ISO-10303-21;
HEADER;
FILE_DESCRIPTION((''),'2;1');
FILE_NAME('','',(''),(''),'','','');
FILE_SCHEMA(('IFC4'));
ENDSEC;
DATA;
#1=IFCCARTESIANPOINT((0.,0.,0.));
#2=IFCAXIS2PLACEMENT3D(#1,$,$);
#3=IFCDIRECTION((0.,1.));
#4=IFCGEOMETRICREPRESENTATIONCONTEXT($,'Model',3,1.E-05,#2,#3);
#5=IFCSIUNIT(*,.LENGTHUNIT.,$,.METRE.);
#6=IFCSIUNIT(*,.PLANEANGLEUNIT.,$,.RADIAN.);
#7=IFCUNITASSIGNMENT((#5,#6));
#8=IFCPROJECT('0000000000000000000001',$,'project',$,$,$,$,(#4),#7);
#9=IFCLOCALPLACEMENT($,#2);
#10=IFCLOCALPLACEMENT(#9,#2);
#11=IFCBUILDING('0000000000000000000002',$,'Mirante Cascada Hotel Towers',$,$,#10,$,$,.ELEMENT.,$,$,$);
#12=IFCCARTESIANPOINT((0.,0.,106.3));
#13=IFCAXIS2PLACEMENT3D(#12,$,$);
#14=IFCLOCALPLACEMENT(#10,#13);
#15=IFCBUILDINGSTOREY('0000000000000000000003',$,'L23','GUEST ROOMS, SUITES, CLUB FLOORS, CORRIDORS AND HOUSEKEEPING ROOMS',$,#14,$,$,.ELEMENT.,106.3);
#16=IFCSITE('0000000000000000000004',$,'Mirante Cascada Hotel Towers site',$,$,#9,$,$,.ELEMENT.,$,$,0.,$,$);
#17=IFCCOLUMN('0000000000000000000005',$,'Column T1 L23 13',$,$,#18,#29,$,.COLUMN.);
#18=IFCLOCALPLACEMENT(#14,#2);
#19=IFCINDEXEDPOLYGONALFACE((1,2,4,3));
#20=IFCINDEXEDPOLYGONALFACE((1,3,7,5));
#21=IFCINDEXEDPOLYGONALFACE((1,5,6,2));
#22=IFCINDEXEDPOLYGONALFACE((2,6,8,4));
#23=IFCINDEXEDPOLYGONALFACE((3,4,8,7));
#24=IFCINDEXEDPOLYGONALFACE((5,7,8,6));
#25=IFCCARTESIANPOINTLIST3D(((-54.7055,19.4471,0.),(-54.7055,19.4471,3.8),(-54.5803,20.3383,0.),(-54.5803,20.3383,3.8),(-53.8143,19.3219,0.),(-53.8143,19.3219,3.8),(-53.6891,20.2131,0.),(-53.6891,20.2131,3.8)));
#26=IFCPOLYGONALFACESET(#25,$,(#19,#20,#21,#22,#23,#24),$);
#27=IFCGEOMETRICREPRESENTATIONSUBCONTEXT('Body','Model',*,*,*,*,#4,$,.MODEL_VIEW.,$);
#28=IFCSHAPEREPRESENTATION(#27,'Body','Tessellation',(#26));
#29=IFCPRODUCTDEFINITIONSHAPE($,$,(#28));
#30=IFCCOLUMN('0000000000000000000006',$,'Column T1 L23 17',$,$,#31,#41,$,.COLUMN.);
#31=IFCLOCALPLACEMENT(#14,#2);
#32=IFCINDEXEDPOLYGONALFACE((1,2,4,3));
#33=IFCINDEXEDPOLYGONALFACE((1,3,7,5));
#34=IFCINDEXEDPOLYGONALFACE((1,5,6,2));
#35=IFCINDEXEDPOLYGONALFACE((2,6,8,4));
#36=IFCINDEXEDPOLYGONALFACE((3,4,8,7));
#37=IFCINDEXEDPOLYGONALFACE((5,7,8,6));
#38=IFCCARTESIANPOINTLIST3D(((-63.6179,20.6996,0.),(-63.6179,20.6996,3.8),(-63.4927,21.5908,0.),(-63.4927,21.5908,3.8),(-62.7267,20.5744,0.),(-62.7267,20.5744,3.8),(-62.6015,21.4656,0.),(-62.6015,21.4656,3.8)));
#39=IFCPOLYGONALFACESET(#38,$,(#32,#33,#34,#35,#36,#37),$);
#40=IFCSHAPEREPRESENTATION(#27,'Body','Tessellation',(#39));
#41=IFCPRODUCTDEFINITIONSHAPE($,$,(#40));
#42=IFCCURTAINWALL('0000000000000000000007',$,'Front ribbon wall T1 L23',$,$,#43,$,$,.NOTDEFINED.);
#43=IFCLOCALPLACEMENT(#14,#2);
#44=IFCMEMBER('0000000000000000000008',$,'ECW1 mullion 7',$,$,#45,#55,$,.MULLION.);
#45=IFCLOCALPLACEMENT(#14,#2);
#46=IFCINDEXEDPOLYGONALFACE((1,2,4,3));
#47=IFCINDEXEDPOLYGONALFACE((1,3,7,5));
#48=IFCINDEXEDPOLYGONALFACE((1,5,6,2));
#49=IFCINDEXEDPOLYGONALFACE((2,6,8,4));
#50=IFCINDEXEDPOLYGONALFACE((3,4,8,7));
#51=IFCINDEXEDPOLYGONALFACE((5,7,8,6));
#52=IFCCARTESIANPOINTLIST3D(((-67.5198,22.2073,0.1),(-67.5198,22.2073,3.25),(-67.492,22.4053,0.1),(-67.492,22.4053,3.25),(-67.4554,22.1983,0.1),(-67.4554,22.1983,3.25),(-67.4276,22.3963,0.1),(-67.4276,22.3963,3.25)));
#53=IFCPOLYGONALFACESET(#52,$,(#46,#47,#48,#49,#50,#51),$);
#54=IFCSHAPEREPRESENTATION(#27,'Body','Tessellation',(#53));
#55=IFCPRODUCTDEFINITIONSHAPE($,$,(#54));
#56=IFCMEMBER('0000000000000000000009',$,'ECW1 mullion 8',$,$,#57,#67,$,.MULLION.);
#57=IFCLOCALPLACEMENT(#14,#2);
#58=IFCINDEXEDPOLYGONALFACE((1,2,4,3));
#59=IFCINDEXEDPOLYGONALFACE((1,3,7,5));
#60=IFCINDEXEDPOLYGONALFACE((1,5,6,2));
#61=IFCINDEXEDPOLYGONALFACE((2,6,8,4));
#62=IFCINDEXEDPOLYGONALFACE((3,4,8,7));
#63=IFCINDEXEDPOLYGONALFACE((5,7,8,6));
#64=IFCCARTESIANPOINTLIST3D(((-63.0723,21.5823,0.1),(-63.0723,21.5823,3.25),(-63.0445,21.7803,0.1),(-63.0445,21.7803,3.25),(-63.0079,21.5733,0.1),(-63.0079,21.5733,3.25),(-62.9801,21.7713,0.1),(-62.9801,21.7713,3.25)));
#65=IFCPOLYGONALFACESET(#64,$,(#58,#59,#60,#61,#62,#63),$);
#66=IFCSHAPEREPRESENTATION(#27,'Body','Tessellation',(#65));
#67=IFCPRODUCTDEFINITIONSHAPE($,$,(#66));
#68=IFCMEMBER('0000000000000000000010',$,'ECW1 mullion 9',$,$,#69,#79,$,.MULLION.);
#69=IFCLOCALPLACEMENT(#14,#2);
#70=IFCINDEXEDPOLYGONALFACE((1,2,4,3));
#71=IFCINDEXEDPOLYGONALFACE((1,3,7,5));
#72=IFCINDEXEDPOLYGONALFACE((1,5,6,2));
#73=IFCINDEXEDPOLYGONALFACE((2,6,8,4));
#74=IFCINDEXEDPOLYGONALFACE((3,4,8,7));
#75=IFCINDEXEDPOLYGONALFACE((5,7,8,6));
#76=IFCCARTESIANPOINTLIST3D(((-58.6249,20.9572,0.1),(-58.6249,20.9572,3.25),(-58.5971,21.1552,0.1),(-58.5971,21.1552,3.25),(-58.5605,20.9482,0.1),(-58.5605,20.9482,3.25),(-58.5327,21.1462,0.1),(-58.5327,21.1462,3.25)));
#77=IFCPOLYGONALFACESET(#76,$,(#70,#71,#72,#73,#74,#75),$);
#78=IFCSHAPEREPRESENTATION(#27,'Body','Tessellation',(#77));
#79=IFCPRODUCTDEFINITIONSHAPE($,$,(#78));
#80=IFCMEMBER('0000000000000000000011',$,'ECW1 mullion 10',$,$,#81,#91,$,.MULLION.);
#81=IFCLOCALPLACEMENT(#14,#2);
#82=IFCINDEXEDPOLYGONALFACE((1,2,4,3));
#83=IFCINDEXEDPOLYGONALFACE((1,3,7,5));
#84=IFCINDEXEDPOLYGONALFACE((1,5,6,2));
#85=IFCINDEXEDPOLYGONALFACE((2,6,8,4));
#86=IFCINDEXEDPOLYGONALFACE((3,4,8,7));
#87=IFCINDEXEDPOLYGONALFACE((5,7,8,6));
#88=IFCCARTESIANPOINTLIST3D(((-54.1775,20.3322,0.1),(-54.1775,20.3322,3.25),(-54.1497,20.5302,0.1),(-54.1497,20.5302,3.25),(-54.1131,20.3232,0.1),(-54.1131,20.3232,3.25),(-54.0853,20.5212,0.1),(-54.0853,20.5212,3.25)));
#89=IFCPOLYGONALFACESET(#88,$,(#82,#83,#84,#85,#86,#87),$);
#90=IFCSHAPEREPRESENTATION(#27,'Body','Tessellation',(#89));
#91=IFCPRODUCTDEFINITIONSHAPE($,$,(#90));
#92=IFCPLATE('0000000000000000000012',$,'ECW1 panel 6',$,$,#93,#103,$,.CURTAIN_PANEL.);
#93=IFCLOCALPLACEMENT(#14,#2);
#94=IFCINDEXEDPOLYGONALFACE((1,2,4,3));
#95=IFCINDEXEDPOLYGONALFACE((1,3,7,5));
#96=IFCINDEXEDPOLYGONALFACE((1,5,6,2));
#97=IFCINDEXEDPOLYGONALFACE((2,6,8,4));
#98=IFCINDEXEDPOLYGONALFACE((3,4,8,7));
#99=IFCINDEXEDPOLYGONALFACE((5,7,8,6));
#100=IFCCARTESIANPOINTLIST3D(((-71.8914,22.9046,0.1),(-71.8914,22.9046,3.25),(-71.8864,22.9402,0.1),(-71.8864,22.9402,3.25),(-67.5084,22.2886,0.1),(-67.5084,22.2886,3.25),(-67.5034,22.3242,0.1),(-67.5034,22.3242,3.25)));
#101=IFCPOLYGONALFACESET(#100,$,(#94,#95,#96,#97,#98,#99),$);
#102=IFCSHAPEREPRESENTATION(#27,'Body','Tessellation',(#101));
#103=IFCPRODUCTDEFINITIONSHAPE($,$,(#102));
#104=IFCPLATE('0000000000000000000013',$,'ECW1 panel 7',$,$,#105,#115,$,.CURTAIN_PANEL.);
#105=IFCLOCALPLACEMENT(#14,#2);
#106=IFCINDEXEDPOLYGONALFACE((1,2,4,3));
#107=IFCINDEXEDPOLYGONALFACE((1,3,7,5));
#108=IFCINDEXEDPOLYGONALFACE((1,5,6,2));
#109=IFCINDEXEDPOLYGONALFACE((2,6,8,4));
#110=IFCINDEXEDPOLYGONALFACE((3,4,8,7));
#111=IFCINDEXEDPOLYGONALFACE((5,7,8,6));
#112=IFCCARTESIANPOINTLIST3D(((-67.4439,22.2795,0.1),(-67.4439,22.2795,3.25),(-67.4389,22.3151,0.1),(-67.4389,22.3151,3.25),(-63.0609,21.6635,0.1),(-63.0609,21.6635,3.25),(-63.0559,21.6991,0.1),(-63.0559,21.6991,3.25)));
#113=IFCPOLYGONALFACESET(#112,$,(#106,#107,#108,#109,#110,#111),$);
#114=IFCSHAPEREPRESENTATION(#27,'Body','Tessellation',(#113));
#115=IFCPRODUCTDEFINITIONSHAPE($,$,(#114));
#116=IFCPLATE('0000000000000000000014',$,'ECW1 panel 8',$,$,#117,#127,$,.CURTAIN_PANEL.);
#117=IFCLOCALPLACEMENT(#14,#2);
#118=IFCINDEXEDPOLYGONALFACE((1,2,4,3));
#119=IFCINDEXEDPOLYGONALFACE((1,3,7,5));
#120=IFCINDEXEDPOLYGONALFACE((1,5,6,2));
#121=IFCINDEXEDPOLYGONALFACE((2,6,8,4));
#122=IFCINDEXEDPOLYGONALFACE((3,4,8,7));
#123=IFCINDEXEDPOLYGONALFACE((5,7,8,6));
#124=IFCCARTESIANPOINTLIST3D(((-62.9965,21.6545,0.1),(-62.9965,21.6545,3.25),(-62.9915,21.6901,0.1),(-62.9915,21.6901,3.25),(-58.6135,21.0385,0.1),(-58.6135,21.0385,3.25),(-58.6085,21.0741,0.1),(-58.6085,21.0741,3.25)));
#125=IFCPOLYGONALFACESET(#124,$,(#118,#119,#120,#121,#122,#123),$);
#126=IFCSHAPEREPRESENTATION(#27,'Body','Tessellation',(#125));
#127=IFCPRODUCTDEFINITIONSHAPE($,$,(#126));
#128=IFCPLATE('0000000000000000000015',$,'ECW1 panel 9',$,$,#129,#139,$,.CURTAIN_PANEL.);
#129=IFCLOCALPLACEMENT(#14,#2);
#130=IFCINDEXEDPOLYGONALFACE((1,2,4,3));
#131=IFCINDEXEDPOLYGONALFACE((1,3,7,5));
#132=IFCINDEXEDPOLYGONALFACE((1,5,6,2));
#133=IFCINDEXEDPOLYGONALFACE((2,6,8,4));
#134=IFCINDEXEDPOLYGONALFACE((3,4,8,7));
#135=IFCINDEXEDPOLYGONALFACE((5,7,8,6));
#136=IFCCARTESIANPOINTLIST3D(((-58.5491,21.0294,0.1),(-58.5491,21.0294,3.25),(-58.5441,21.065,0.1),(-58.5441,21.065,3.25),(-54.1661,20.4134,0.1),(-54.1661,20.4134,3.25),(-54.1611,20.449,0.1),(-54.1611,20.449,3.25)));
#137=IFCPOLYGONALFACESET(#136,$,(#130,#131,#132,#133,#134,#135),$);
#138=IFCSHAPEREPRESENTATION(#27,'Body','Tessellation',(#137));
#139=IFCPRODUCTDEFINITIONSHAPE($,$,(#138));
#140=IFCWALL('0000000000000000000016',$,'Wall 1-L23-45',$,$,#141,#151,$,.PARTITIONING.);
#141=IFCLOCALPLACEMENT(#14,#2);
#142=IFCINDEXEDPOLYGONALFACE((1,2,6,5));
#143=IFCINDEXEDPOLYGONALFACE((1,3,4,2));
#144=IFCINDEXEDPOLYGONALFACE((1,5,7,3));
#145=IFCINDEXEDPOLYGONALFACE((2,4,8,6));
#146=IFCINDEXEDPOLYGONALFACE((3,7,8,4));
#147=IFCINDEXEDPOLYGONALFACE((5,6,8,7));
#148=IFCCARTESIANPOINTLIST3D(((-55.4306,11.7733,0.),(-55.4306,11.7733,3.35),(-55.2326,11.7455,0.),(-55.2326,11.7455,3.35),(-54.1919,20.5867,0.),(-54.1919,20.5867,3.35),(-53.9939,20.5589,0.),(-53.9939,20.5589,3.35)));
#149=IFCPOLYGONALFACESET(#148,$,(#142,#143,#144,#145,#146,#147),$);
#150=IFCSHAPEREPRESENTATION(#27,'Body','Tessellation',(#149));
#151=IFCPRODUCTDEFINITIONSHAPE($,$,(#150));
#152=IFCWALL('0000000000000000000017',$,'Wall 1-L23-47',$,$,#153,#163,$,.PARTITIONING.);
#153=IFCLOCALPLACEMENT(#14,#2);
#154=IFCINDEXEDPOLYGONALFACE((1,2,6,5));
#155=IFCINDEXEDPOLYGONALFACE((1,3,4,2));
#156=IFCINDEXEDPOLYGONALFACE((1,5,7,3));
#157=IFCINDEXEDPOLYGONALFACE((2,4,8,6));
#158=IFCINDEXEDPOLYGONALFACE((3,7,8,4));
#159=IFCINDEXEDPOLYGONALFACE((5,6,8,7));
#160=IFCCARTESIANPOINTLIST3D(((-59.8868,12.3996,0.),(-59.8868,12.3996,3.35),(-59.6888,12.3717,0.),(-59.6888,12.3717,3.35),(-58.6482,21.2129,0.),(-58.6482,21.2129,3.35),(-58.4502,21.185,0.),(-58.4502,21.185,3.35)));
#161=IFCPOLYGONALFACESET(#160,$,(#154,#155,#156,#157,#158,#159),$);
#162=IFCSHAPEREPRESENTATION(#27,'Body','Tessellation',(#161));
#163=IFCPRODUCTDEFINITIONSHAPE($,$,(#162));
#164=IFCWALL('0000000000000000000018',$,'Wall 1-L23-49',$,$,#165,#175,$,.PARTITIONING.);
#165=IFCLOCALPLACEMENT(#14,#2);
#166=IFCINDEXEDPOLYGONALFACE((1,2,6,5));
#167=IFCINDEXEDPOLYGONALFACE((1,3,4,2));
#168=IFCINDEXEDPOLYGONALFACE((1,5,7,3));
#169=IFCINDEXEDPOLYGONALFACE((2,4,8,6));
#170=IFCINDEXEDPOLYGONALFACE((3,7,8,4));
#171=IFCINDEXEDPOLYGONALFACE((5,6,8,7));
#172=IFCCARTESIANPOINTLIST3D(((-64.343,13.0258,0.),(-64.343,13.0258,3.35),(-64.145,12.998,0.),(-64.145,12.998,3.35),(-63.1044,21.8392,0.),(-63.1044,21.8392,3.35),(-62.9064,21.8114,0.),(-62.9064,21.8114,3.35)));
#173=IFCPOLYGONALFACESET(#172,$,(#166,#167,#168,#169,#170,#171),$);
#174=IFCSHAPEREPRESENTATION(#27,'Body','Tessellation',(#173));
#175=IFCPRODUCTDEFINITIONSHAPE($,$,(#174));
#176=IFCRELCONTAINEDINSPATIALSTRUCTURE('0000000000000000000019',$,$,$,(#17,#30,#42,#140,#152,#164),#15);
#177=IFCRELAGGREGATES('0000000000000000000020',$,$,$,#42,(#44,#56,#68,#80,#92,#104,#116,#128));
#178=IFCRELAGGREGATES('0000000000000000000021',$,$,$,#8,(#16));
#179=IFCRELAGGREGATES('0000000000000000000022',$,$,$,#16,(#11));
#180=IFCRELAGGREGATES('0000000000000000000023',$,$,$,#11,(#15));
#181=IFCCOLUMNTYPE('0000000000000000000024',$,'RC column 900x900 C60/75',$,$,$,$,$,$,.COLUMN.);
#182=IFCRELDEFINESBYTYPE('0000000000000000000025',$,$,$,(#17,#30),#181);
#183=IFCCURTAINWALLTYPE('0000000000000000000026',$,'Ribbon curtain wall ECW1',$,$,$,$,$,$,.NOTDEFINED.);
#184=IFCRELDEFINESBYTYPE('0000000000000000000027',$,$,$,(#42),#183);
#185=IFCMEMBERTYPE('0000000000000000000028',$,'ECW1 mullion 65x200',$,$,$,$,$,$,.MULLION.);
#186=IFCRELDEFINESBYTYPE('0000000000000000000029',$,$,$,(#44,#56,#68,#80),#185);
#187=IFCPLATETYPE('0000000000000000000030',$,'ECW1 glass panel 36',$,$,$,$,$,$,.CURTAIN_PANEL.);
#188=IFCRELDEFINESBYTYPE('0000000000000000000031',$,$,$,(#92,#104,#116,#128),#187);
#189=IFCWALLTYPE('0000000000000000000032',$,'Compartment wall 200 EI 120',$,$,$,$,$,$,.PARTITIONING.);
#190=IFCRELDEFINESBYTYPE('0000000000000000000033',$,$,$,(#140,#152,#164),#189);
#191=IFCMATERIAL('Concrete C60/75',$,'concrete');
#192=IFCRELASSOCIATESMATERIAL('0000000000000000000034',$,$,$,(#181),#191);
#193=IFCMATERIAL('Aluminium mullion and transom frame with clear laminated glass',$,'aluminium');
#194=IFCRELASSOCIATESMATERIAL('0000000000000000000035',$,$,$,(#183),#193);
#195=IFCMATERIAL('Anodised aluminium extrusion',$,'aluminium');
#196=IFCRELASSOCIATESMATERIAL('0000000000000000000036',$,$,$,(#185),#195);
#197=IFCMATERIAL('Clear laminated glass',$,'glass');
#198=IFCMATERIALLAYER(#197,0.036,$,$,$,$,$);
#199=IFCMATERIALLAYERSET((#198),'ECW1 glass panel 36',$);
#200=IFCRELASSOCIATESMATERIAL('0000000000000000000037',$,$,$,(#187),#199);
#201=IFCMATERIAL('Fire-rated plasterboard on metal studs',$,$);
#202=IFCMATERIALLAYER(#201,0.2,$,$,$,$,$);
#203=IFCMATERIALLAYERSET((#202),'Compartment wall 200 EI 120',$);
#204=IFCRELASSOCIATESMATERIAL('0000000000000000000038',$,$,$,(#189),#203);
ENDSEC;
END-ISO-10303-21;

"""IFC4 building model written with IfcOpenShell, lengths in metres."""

from ifc_helpers import new_model, si_unit, direction, frame, frame_2d, origin, origin_2d, place, context, subcontext, project, spatial, rectangle, extrude, material, layer, layer_set, material_profile, profile_set, type_object, element, aggregate, save


model = new_model("IFC4")

# Units and contexts
model_context = context("Model", 3, precision=1e-05, world=origin(), true_north=direction((0.0, 1.0)))
body_context = subcontext(model_context, "Body", "Model", "MODEL_VIEW")
ifc_project = project(units=[si_unit("LENGTHUNIT", "METRE"), si_unit("PLANEANGLEUNIT", "RADIAN")], contexts=[model_context])

# Site, building, storey
site_placement = place(None, origin())
site = spatial("IfcSite", under=ifc_project, at=site_placement, Name="Mirante Cascada Hotel Towers site", CompositionType="ELEMENT", RefElevation=0.0)
building_placement = place(site_placement, origin())
building = spatial("IfcBuilding", under=site, at=building_placement, Name="Mirante Cascada Hotel Towers", CompositionType="ELEMENT")
storey_placement = place(building_placement, frame((0.0, 0.0, 106.3)))
storey = spatial("IfcBuildingStorey", under=building, at=storey_placement, Name="L23", Description="GUEST ROOMS, SUITES, CLUB FLOORS, CORRIDORS AND HOUSEKEEPING ROOMS", CompositionType="ELEMENT", Elevation=106.3)

# Columns
ifc_material_1 = material(Name="Concrete C60/75", Category="concrete")
ifc_material_profile_1 = material_profile(ifc_material_1, rectangle(XDim=0.9, YDim=0.9, at=origin_2d()), Name="RC column 900x900 C60/75")
ifc_profile_set_1 = profile_set([ifc_material_profile_1], Name="Concrete C60/75")
column_type = type_object("IfcColumnType", Name="RC column 900x900 C60/75", PredefinedType="COLUMN", material=ifc_profile_set_1)
for number, where, z_axis, x_axis, name in (
    (1, (-54.1973, 19.8301, 0.0), (0.0, 0.0, 1.0), (-0.990268, 0.139173, 0.0), "Column T1 L23 13"),
    (2, (-63.1097, 21.0826, 0.0), (0.0, 0.0, 1.0), (-0.990268, 0.139173, 0.0), "Column T1 L23 17"),
):
    element("IfcColumn", number, at=place(storey_placement, frame(where, z_axis=z_axis, x_axis=x_axis)), inside=storey, type_object=column_type, Name=name, PredefinedType="COLUMN", context=body_context, shape_type="SweptSolid", body=[
        extrude(rectangle(XDim=0.9, YDim=0.9, at=origin_2d()), origin(), (0.0, 0.0, 1.0), 3.8),
    ])

# Curtain wall, members, plates
ifc_material_2 = material(Name="Aluminium mullion and transom frame with clear laminated glass", Category="aluminium")
curtain_wall_type = type_object("IfcCurtainWallType", Name="Ribbon curtain wall ECW1", PredefinedType="NOTDEFINED", material=ifc_material_2)
curtain_wall_placement = place(storey_placement, origin())
curtain_wall = element("IfcCurtainWall", 3, at=curtain_wall_placement, inside=storey, type_object=curtain_wall_type, Name="Front ribbon wall T1 L23", PredefinedType="NOTDEFINED")
ifc_material_3 = material(Name="Anodised aluminium extrusion", Category="aluminium")
ifc_material_profile_2 = material_profile(ifc_material_3, rectangle(XDim=0.2, YDim=0.065, at=origin_2d()), Name="ECW1 MULLION 65x200")
ifc_profile_set_2 = profile_set([ifc_material_profile_2], Name="Anodised aluminium extrusion")
member_type = type_object("IfcMemberType", Name="ECW1 mullion 65x200", PredefinedType="MULLION", material=ifc_profile_set_2)
member_1_placement = place(storey_placement, frame((-67.4737, 22.3018, 0.1), z_axis=(0.0, 0.0, 1.0), x_axis=(0.139173, 0.990268, 0.0)))
member_1 = element("IfcMember", 4, at=member_1_placement, type_object=member_type, Name="ECW1 mullion 7", PredefinedType="MULLION", context=body_context, shape_type="SweptSolid", body=[
    extrude(rectangle(XDim=0.2, YDim=0.065, at=origin_2d()), origin(), (0.0, 0.0, 1.0), 3.15),
])
member_2_placement = place(storey_placement, frame((-63.0262, 21.6768, 0.1), z_axis=(0.0, 0.0, 1.0), x_axis=(0.139173, 0.990268, 0.0)))
member_2 = element("IfcMember", 5, at=member_2_placement, type_object=member_type, Name="ECW1 mullion 8", PredefinedType="MULLION", context=body_context, shape_type="SweptSolid", body=[
    extrude(rectangle(XDim=0.2, YDim=0.065, at=origin_2d()), origin(), (0.0, 0.0, 1.0), 3.15),
])
member_3_placement = place(storey_placement, frame((-58.5788, 21.0517, 0.1), z_axis=(0.0, 0.0, 1.0), x_axis=(0.139173, 0.990268, 0.0)))
member_3 = element("IfcMember", 6, at=member_3_placement, type_object=member_type, Name="ECW1 mullion 9", PredefinedType="MULLION", context=body_context, shape_type="SweptSolid", body=[
    extrude(rectangle(XDim=0.2, YDim=0.065, at=origin_2d()), origin(), (0.0, 0.0, 1.0), 3.15),
])
member_4_placement = place(storey_placement, frame((-54.1314, 20.4267, 0.1), z_axis=(0.0, 0.0, 1.0), x_axis=(0.139173, 0.990268, 0.0)))
member_4 = element("IfcMember", 7, at=member_4_placement, type_object=member_type, Name="ECW1 mullion 10", PredefinedType="MULLION", context=body_context, shape_type="SweptSolid", body=[
    extrude(rectangle(XDim=0.2, YDim=0.065, at=origin_2d()), origin(), (0.0, 0.0, 1.0), 3.15),
])
ifc_material_4 = material(Name="Clear laminated glass", Category="glass")
ifc_layer_1 = layer(ifc_material_4, 0.036)
ifc_layer_set_1 = layer_set([ifc_layer_1], Name="ECW1 glass panel 36")
plate_type = type_object("IfcPlateType", Name="ECW1 glass panel 36", PredefinedType="CURTAIN_PANEL", material=ifc_layer_set_1)
plate_1_placement = place(storey_placement, frame((-69.6974, 22.6144, 0.1), z_axis=(0.0, 0.0, 1.0), x_axis=(0.990268, -0.139173, 0.0)))
plate_1 = element("IfcPlate", 8, at=plate_1_placement, type_object=plate_type, Name="ECW1 panel 6", PredefinedType="CURTAIN_PANEL", context=body_context, shape_type="SweptSolid", body=[
    extrude(rectangle(XDim=4.4261, YDim=0.036, at=origin_2d()), origin(), (0.0, 0.0, 1.0), 3.15),
])
plate_2_placement = place(storey_placement, frame((-65.2499, 21.9893, 0.1), z_axis=(0.0, 0.0, 1.0), x_axis=(0.990268, -0.139173, 0.0)))
plate_2 = element("IfcPlate", 9, at=plate_2_placement, type_object=plate_type, Name="ECW1 panel 7", PredefinedType="CURTAIN_PANEL", context=body_context, shape_type="SweptSolid", body=[
    extrude(rectangle(XDim=4.4261, YDim=0.036, at=origin_2d()), origin(), (0.0, 0.0, 1.0), 3.15),
])
plate_3_placement = place(storey_placement, frame((-60.8025, 21.3643, 0.1), z_axis=(0.0, 0.0, 1.0), x_axis=(0.990268, -0.139173, 0.0)))
plate_3 = element("IfcPlate", 10, at=plate_3_placement, type_object=plate_type, Name="ECW1 panel 8", PredefinedType="CURTAIN_PANEL", context=body_context, shape_type="SweptSolid", body=[
    extrude(rectangle(XDim=4.4261, YDim=0.036, at=origin_2d()), origin(), (0.0, 0.0, 1.0), 3.15),
])
plate_4_placement = place(storey_placement, frame((-56.3551, 20.7392, 0.1), z_axis=(0.0, 0.0, 1.0), x_axis=(0.990268, -0.139173, 0.0)))
plate_4 = element("IfcPlate", 11, at=plate_4_placement, type_object=plate_type, Name="ECW1 panel 9", PredefinedType="CURTAIN_PANEL", context=body_context, shape_type="SweptSolid", body=[
    extrude(rectangle(XDim=4.4261, YDim=0.036, at=origin_2d()), origin(), (0.0, 0.0, 1.0), 3.15),
])
aggregate(curtain_wall, [member_1, member_2, member_3, member_4, plate_1, plate_2, plate_3, plate_4])

# Walls
ifc_material_5 = material(Name="Fire-rated plasterboard on metal studs")
ifc_layer_2 = layer(ifc_material_5, 0.2)
ifc_layer_set_2 = layer_set([ifc_layer_2], Name="Compartment wall 200 EI 120")
wall_type_1 = type_object("IfcWallType", Name="Compartment wall 200 EI 120", PredefinedType="PARTITIONING", material=ifc_layer_set_2)
wall_1_placement = place(storey_placement, frame((-54.0929, 20.5728, 0.0), z_axis=(0.0, 0.0, 1.0), x_axis=(-0.139179, -0.990267, 0.0)))
element("IfcWall", 12, at=wall_1_placement, inside=storey, type_object=wall_type_1, Name="Wall 1-L23-45", PredefinedType="PARTITIONING", context=body_context, shape_type="SweptSolid", body=[
    extrude(rectangle(XDim=8.9, YDim=0.2, at=frame_2d((4.45, 0.0))), origin(), (0.0, 0.0, 1.0), 3.35),
])
wall_2_placement = place(storey_placement, frame((-58.5492, 21.199, 0.0), z_axis=(0.0, 0.0, 1.0), x_axis=(-0.13917, -0.990268, 0.0)))
element("IfcWall", 13, at=wall_2_placement, inside=storey, type_object=wall_type_1, Name="Wall 1-L23-47", PredefinedType="PARTITIONING", context=body_context, shape_type="SweptSolid", body=[
    extrude(rectangle(XDim=8.8999, YDim=0.2, at=frame_2d((4.45, 0.0))), origin(), (0.0, 0.0, 1.0), 3.35),
])
wall_3_placement = place(storey_placement, frame((-63.0054, 21.8253, 0.0), z_axis=(0.0, 0.0, 1.0), x_axis=(-0.139168, -0.990269, 0.0)))
element("IfcWall", 14, at=wall_3_placement, inside=storey, type_object=wall_type_1, Name="Wall 1-L23-49", PredefinedType="PARTITIONING", context=body_context, shape_type="SweptSolid", body=[
    extrude(rectangle(XDim=8.9, YDim=0.2, at=frame_2d((4.45, 0.0))), origin(), (0.0, 0.0, 1.0), 3.35),
])

save(model, "model.ifc")
